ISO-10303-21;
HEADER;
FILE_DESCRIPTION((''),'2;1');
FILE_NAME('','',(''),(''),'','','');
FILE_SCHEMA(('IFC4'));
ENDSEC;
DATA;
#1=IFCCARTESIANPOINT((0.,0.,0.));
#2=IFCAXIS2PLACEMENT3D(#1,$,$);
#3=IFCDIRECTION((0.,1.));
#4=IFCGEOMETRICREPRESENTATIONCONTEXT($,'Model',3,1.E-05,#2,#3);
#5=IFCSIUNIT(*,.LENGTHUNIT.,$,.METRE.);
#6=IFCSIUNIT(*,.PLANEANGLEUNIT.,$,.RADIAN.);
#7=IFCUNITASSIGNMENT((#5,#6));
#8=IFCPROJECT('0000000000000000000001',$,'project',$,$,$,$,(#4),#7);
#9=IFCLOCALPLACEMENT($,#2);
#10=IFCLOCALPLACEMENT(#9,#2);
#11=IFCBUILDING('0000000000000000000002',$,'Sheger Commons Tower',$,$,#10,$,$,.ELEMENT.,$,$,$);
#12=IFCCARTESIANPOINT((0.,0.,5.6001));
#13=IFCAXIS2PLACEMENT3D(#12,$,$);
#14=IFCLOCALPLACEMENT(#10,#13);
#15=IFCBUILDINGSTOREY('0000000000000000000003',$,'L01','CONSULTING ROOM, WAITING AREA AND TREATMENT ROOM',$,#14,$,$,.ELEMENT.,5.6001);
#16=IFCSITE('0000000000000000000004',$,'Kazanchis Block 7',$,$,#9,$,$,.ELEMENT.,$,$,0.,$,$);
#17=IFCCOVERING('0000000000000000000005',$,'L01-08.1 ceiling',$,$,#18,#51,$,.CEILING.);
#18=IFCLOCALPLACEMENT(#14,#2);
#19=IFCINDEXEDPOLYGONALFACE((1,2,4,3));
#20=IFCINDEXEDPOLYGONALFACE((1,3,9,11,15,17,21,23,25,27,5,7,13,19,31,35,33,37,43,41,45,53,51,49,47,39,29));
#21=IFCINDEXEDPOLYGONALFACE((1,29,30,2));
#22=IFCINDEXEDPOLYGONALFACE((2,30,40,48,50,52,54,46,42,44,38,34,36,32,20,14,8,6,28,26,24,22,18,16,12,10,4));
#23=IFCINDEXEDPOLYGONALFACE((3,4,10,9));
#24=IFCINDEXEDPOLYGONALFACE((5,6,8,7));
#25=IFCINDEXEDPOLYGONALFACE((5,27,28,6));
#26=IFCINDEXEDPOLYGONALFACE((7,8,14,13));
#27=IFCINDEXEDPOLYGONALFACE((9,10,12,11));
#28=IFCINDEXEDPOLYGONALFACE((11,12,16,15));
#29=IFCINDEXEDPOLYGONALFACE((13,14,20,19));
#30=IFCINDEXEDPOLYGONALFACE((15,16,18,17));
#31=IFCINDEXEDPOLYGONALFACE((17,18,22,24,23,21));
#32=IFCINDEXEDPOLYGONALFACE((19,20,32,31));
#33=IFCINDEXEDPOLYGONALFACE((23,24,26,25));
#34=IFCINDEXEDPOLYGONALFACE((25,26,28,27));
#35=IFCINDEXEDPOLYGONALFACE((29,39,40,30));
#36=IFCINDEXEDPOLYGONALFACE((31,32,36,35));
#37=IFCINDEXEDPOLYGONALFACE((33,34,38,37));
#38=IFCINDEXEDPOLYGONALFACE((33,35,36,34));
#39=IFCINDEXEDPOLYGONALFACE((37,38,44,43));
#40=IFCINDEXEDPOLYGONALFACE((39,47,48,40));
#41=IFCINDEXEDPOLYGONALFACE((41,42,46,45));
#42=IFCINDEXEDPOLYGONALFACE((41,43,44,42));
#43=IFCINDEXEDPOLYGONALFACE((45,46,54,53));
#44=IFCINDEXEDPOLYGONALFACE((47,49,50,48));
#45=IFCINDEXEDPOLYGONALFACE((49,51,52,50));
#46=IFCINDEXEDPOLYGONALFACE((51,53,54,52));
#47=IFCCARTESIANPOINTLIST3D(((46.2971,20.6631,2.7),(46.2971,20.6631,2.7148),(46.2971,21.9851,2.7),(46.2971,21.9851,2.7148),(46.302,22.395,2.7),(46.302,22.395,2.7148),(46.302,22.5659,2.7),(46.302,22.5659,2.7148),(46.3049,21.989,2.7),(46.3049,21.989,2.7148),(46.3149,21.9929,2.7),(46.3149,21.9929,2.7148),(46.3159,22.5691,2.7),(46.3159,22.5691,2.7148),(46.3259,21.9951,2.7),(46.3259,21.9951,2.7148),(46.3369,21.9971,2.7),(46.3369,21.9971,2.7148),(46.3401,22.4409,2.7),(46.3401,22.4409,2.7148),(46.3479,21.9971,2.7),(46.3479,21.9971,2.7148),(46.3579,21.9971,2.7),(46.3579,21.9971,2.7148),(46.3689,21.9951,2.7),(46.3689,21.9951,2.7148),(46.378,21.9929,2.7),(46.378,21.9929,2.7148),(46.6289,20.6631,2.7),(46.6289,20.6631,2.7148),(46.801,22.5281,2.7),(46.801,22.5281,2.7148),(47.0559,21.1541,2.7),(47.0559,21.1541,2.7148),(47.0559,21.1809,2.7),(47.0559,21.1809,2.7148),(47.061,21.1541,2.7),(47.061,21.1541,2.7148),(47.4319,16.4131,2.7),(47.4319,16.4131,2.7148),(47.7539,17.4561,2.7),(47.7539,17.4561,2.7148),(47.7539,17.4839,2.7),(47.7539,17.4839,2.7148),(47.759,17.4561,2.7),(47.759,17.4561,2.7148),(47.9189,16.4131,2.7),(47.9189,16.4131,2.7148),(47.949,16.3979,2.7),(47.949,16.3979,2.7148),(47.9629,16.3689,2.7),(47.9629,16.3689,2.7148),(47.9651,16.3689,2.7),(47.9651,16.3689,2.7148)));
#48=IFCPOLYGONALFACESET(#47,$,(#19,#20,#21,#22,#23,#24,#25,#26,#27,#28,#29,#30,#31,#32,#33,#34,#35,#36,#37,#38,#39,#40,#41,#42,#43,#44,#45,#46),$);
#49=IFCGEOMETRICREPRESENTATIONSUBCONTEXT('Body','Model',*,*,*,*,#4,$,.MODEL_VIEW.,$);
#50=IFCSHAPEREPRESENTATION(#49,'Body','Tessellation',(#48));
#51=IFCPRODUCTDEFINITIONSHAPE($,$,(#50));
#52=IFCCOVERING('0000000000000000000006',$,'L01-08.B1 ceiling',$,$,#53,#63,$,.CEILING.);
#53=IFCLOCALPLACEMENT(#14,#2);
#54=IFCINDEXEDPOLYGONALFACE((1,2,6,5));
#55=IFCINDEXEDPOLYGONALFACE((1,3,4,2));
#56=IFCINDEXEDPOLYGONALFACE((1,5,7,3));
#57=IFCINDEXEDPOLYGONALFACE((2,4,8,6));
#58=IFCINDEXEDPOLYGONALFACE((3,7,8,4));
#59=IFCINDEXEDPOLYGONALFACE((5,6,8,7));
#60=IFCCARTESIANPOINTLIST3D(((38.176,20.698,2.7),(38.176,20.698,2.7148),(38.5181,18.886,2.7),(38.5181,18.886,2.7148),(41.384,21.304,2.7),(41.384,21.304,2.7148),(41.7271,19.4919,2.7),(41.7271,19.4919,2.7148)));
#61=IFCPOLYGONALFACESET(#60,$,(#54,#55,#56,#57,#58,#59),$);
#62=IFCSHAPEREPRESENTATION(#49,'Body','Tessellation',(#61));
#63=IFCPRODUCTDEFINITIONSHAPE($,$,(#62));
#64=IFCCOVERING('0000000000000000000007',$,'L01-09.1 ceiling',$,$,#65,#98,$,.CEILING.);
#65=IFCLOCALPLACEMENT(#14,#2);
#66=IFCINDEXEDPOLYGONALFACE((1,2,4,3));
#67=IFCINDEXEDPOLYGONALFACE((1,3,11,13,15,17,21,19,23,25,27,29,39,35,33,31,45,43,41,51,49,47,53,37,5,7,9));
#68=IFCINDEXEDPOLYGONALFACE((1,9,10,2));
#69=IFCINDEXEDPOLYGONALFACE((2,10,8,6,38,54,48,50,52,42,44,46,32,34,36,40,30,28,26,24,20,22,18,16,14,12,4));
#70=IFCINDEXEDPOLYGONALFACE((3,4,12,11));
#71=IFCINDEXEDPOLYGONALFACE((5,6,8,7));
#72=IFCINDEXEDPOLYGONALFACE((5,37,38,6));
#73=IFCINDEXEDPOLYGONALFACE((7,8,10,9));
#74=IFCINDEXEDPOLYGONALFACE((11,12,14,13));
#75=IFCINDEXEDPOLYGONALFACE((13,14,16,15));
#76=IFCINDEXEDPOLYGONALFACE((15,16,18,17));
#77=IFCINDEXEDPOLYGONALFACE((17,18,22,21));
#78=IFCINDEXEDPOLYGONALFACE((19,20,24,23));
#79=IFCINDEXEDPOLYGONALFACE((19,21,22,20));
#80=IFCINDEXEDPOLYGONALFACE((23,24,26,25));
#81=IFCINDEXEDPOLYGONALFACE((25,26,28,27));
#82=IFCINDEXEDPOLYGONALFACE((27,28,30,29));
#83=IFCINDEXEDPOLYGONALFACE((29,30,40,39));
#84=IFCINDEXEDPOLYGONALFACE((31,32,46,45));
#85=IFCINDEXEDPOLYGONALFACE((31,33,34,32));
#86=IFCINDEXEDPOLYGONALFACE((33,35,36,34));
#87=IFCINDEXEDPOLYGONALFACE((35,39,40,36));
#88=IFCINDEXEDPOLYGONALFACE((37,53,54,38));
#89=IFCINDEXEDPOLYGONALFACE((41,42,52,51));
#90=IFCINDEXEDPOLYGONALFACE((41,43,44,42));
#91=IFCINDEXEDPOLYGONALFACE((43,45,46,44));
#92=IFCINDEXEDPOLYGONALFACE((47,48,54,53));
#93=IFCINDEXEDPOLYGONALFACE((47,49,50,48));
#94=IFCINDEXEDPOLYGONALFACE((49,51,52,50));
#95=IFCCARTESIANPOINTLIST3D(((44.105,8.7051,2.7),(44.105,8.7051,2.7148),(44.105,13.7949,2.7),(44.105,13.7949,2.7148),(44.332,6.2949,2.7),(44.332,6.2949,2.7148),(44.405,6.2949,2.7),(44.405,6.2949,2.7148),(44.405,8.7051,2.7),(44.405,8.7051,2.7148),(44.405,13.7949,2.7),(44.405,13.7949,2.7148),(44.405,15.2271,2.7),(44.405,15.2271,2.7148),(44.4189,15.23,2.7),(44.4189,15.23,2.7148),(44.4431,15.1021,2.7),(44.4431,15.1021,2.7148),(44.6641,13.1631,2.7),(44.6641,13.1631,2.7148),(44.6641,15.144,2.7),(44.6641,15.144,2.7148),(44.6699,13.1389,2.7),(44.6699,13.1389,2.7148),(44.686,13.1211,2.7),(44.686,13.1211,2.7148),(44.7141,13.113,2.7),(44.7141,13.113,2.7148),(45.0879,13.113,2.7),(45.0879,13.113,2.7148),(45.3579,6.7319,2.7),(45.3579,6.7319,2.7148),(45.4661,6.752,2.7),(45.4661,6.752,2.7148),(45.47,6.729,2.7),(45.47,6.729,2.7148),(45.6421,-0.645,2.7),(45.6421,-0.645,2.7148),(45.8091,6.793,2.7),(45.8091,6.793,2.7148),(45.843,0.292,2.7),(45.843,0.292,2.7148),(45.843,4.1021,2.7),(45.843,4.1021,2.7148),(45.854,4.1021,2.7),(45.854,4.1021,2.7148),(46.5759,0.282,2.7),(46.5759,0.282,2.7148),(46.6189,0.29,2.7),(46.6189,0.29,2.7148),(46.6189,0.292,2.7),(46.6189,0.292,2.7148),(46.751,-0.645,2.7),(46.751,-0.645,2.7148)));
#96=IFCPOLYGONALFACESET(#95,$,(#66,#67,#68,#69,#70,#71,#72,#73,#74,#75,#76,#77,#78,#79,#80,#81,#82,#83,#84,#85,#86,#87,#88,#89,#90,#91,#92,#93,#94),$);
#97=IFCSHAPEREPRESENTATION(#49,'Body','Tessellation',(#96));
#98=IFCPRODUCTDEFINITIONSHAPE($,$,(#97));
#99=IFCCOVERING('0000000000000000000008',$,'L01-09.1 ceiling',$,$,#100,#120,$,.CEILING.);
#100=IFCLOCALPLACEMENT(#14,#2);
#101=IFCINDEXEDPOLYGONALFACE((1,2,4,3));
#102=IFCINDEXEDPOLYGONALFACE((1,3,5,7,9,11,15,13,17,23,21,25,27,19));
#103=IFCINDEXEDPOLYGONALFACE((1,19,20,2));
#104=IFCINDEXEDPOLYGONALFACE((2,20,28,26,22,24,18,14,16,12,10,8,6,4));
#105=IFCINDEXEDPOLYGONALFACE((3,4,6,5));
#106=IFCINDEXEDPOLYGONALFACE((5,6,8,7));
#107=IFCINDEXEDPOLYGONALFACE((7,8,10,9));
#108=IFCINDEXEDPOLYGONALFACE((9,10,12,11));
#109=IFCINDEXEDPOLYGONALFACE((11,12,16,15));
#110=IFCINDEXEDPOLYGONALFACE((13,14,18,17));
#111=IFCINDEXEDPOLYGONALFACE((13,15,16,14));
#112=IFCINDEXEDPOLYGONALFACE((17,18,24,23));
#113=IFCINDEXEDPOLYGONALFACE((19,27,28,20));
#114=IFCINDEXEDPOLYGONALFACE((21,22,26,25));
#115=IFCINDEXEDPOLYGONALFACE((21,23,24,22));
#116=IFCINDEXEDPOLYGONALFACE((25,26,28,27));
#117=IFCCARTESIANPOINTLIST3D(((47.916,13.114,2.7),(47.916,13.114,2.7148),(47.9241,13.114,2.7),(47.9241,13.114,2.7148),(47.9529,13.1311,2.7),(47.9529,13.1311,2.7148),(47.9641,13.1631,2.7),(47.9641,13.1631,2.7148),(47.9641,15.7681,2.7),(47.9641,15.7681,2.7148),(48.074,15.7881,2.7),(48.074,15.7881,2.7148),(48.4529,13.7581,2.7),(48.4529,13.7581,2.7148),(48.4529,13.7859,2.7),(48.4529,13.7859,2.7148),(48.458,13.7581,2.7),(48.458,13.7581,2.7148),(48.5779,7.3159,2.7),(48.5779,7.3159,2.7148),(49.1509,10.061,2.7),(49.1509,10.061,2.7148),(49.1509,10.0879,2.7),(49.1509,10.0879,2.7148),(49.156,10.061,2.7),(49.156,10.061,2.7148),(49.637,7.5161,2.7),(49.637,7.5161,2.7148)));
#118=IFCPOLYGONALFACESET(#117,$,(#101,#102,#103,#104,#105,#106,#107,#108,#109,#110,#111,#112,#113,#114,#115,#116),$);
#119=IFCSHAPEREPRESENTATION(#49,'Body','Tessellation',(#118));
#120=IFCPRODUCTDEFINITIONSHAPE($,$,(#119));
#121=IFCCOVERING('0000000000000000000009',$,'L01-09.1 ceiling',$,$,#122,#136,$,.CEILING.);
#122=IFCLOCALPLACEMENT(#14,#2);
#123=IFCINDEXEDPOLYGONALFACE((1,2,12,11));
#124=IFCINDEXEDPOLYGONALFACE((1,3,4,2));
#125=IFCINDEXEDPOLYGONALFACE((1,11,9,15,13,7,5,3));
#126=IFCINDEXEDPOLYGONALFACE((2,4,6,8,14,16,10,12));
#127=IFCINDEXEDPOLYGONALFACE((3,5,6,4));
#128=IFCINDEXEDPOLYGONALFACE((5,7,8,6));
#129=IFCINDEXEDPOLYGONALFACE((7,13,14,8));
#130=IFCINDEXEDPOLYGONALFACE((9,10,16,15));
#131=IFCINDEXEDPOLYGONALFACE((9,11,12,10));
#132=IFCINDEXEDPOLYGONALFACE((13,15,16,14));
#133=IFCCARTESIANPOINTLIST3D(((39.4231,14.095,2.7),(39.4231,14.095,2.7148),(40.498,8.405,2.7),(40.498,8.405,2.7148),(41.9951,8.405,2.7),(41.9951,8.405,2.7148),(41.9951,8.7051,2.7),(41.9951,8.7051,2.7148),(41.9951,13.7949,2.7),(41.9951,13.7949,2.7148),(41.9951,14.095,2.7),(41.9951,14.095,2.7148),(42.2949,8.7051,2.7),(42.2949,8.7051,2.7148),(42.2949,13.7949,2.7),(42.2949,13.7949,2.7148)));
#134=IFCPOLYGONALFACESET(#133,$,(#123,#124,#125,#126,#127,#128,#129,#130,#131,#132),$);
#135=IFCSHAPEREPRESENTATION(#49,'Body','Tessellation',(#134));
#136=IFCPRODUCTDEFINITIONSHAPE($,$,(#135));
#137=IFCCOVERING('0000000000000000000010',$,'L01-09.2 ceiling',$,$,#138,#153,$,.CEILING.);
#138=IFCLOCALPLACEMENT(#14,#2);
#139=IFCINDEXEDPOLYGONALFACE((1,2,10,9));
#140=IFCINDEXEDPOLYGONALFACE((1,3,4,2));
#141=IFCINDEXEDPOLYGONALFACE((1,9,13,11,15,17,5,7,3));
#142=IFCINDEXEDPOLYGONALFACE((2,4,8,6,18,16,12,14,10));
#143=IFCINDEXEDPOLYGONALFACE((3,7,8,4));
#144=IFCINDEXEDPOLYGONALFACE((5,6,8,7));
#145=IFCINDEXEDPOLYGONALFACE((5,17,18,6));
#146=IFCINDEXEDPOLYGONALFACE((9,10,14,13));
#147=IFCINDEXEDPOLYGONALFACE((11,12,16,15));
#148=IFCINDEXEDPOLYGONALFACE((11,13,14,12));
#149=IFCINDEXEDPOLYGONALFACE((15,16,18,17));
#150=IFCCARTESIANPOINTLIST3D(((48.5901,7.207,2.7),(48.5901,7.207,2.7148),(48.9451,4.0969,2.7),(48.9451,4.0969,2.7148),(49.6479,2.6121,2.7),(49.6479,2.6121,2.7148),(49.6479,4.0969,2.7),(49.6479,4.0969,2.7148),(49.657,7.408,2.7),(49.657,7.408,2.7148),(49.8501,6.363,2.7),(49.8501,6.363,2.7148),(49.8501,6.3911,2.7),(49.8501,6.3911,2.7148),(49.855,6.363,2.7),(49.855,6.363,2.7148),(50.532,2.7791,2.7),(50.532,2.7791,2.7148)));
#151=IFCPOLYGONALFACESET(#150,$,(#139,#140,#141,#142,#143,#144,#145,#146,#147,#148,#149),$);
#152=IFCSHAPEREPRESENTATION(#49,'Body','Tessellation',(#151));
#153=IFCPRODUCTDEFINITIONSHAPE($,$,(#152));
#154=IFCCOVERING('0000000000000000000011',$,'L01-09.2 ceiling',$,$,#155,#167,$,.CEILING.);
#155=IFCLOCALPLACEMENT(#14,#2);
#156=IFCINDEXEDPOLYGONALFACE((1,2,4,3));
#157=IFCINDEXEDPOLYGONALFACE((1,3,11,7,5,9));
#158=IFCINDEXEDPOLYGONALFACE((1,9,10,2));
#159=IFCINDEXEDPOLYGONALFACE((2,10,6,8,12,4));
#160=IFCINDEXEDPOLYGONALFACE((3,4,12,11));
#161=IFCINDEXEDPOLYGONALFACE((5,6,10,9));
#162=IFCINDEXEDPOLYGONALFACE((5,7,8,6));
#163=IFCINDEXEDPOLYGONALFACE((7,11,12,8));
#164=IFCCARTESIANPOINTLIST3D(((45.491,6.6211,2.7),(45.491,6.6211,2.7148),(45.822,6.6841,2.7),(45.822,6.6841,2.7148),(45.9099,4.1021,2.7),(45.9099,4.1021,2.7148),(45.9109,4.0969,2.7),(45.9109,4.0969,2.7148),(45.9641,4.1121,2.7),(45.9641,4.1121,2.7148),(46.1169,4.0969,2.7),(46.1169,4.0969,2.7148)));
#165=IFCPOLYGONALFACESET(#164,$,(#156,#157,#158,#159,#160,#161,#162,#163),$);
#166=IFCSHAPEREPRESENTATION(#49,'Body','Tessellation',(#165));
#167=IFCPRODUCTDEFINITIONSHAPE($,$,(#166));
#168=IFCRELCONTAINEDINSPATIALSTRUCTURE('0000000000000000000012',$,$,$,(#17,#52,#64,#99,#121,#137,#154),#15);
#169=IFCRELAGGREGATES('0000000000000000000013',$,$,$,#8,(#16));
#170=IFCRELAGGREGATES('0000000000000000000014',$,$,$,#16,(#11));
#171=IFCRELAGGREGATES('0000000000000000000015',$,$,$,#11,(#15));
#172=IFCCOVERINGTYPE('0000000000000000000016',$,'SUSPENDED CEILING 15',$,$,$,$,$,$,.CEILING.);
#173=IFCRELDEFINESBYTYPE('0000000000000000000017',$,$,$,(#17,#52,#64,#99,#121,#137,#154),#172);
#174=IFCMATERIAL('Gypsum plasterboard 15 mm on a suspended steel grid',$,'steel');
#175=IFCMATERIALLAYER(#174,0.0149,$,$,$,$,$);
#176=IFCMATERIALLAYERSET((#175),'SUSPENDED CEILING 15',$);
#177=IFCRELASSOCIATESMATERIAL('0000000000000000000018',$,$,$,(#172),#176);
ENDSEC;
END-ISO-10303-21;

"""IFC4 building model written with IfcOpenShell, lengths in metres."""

from ifc_helpers import new_model, si_unit, direction, frame, origin, place, context, subcontext, project, spatial, polyline, outline, extrude, material, layer, layer_set, type_object, element, save


model = new_model("IFC4")

# Units and contexts
model_context = context("Model", 3, precision=1e-05, world=origin(), true_north=direction((0.0, 1.0)))
body_context = subcontext(model_context, "Body", "Model", "MODEL_VIEW")
ifc_project = project(units=[si_unit("LENGTHUNIT", "METRE"), si_unit("PLANEANGLEUNIT", "RADIAN")], contexts=[model_context])

# Site, building, storey
site_placement = place(None, origin())
site = spatial("IfcSite", under=ifc_project, at=site_placement, Name="Kazanchis Block 7", CompositionType="ELEMENT", RefElevation=0.0)
building_placement = place(site_placement, origin())
building = spatial("IfcBuilding", under=site, at=building_placement, Name="Sheger Commons Tower", CompositionType="ELEMENT")
storey_placement = place(building_placement, frame((0.0, 0.0, 5.6001)))
storey = spatial("IfcBuildingStorey", under=building, at=storey_placement, Name="L01", Description="CONSULTING ROOM, WAITING AREA AND TREATMENT ROOM", CompositionType="ELEMENT", Elevation=5.6001)

# Coverings
ifc_material_1 = material(Name="Gypsum plasterboard 15 mm on a suspended steel grid", Category="steel")
ifc_layer_1 = layer(ifc_material_1, 0.0149)
ifc_layer_set_1 = layer_set([ifc_layer_1], Name="SUSPENDED CEILING 15")
covering_type_1 = type_object("IfcCoveringType", Name="SUSPENDED CEILING 15", PredefinedType="CEILING", material=ifc_layer_set_1)
covering_1_placement = place(storey_placement, frame((0.0, 0.0, 2.7)))
element("IfcCovering", 1, at=covering_1_placement, inside=storey, type_object=covering_type_1, Name="L01-08.1 ceiling", PredefinedType="CEILING", context=body_context, shape_type="SweptSolid", body=[
    extrude(outline(polyline([(47.9629, 16.3689), (47.9651, 16.3689), (47.759, 17.4561), (47.7539, 17.4561), (47.7539, 17.4839), (47.061, 21.1541), (47.0559, 21.1541), (47.0559, 21.1809), (46.801, 22.5281), (46.3401, 22.4409), (46.3159, 22.5691), (46.302, 22.5659), (46.302, 22.395), (46.4861, 21.4209), (46.4651, 21.532), (46.4861, 21.4189), (46.3779, 21.9929), (46.3689, 21.9951), (46.3579, 21.9971), (46.3479, 21.9971), (46.3369, 21.9971), (46.3259, 21.9951), (46.3149, 21.9929), (46.3049, 21.989), (46.2971, 21.9851), (46.2971, 20.6631), (46.6289, 20.6631), (47.4319, 16.4131), (47.9189, 16.4131), (47.949, 16.3979), (47.9629, 16.3689)])), origin(), (0.0, 0.0, 1.0), 0.0149),
])
covering_2_placement = place(storey_placement, frame((0.0, 0.0, 2.7)))
element("IfcCovering", 2, at=covering_2_placement, inside=storey, type_object=covering_type_1, Name="L01-08.B1 ceiling", PredefinedType="CEILING", context=body_context, shape_type="SweptSolid", body=[
    extrude(outline(polyline([(38.5181, 18.886), (41.7271, 19.4919), (41.384, 21.304), (38.176, 20.698), (38.5181, 18.886)])), origin(), (0.0, 0.0, 1.0), 0.0149),
])
covering_3_placement = place(storey_placement, frame((0.0, 0.0, 2.7)))
element("IfcCovering", 3, at=covering_3_placement, inside=storey, type_object=covering_type_1, Name="L01-09.1 ceiling", PredefinedType="CEILING", context=body_context, shape_type="SweptSolid", body=[
    extrude(outline(polyline([(45.6421, -0.645), (46.751, -0.645), (46.5759, 0.282), (46.6189, 0.29), (46.6189, 0.292), (45.843, 0.292), (45.843, 4.1021), (45.854, 4.1021), (45.3579, 6.7319), (45.4661, 6.752), (45.47, 6.729), (45.8091, 6.793), (45.0879, 13.113), (44.7141, 13.113), (44.686, 13.1211), (44.6699, 13.1389), (44.6641, 13.1631), (44.6641, 15.144), (44.4431, 15.1021), (44.4189, 15.23), (44.405, 15.2271), (44.405, 13.7949), (44.105, 13.7949), (44.105, 8.7051), (44.405, 8.7051), (44.405, 6.2949), (44.332, 6.2949), (45.6421, -0.645)])), origin(), (0.0, 0.0, 1.0), 0.0149),
])
covering_4_placement = place(storey_placement, frame((0.0, 0.0, 2.7)))
element("IfcCovering", 4, at=covering_4_placement, inside=storey, type_object=covering_type_1, Name="L01-09.1 ceiling", PredefinedType="CEILING", context=body_context, shape_type="SweptSolid", body=[
    extrude(outline(polyline([(48.5779, 7.3159), (49.637, 7.5161), (49.156, 10.061), (49.1509, 10.061), (49.1509, 10.0879), (48.458, 13.7581), (48.4529, 13.7581), (48.4529, 13.7859), (48.074, 15.7881), (47.9641, 15.7681), (47.9641, 13.1631), (47.9529, 13.1311), (47.9241, 13.114), (47.916, 13.114), (48.5779, 7.3159)])), origin(), (0.0, 0.0, 1.0), 0.0149),
])
covering_5_placement = place(storey_placement, frame((0.0, 0.0, 2.7)))
element("IfcCovering", 5, at=covering_5_placement, inside=storey, type_object=covering_type_1, Name="L01-09.1 ceiling", PredefinedType="CEILING", context=body_context, shape_type="SweptSolid", body=[
    extrude(outline(polyline([(40.498, 8.405), (41.9951, 8.405), (41.9951, 8.7051), (42.2949, 8.7051), (42.2949, 13.7949), (41.9951, 13.7949), (41.9951, 14.095), (39.4231, 14.095), (40.498, 8.405)])), origin(), (0.0, 0.0, 1.0), 0.0149),
])
covering_6_placement = place(storey_placement, frame((0.0, 0.0, 2.7)))
element("IfcCovering", 6, at=covering_6_placement, inside=storey, type_object=covering_type_1, Name="L01-09.2 ceiling", PredefinedType="CEILING", context=body_context, shape_type="SweptSolid", body=[
    extrude(outline(polyline([(49.6479, 2.6121), (50.532, 2.7791), (49.855, 6.363), (49.8501, 6.363), (49.8501, 6.3911), (49.657, 7.408), (48.5901, 7.207), (48.9451, 4.0969), (49.6479, 4.0969), (49.6479, 2.6121)])), origin(), (0.0, 0.0, 1.0), 0.0149),
])
covering_7_placement = place(storey_placement, frame((0.0, 0.0, 2.7)))
element("IfcCovering", 7, at=covering_7_placement, inside=storey, type_object=covering_type_1, Name="L01-09.2 ceiling", PredefinedType="CEILING", context=body_context, shape_type="SweptSolid", body=[
    extrude(outline(polyline([(45.9109, 4.0969), (46.1169, 4.0969), (45.822, 6.6841), (45.491, 6.6211), (45.9641, 4.1121), (45.9099, 4.1021), (45.9109, 4.0969)])), origin(), (0.0, 0.0, 1.0), 0.0149),
])

save(model, "model.ifc")
